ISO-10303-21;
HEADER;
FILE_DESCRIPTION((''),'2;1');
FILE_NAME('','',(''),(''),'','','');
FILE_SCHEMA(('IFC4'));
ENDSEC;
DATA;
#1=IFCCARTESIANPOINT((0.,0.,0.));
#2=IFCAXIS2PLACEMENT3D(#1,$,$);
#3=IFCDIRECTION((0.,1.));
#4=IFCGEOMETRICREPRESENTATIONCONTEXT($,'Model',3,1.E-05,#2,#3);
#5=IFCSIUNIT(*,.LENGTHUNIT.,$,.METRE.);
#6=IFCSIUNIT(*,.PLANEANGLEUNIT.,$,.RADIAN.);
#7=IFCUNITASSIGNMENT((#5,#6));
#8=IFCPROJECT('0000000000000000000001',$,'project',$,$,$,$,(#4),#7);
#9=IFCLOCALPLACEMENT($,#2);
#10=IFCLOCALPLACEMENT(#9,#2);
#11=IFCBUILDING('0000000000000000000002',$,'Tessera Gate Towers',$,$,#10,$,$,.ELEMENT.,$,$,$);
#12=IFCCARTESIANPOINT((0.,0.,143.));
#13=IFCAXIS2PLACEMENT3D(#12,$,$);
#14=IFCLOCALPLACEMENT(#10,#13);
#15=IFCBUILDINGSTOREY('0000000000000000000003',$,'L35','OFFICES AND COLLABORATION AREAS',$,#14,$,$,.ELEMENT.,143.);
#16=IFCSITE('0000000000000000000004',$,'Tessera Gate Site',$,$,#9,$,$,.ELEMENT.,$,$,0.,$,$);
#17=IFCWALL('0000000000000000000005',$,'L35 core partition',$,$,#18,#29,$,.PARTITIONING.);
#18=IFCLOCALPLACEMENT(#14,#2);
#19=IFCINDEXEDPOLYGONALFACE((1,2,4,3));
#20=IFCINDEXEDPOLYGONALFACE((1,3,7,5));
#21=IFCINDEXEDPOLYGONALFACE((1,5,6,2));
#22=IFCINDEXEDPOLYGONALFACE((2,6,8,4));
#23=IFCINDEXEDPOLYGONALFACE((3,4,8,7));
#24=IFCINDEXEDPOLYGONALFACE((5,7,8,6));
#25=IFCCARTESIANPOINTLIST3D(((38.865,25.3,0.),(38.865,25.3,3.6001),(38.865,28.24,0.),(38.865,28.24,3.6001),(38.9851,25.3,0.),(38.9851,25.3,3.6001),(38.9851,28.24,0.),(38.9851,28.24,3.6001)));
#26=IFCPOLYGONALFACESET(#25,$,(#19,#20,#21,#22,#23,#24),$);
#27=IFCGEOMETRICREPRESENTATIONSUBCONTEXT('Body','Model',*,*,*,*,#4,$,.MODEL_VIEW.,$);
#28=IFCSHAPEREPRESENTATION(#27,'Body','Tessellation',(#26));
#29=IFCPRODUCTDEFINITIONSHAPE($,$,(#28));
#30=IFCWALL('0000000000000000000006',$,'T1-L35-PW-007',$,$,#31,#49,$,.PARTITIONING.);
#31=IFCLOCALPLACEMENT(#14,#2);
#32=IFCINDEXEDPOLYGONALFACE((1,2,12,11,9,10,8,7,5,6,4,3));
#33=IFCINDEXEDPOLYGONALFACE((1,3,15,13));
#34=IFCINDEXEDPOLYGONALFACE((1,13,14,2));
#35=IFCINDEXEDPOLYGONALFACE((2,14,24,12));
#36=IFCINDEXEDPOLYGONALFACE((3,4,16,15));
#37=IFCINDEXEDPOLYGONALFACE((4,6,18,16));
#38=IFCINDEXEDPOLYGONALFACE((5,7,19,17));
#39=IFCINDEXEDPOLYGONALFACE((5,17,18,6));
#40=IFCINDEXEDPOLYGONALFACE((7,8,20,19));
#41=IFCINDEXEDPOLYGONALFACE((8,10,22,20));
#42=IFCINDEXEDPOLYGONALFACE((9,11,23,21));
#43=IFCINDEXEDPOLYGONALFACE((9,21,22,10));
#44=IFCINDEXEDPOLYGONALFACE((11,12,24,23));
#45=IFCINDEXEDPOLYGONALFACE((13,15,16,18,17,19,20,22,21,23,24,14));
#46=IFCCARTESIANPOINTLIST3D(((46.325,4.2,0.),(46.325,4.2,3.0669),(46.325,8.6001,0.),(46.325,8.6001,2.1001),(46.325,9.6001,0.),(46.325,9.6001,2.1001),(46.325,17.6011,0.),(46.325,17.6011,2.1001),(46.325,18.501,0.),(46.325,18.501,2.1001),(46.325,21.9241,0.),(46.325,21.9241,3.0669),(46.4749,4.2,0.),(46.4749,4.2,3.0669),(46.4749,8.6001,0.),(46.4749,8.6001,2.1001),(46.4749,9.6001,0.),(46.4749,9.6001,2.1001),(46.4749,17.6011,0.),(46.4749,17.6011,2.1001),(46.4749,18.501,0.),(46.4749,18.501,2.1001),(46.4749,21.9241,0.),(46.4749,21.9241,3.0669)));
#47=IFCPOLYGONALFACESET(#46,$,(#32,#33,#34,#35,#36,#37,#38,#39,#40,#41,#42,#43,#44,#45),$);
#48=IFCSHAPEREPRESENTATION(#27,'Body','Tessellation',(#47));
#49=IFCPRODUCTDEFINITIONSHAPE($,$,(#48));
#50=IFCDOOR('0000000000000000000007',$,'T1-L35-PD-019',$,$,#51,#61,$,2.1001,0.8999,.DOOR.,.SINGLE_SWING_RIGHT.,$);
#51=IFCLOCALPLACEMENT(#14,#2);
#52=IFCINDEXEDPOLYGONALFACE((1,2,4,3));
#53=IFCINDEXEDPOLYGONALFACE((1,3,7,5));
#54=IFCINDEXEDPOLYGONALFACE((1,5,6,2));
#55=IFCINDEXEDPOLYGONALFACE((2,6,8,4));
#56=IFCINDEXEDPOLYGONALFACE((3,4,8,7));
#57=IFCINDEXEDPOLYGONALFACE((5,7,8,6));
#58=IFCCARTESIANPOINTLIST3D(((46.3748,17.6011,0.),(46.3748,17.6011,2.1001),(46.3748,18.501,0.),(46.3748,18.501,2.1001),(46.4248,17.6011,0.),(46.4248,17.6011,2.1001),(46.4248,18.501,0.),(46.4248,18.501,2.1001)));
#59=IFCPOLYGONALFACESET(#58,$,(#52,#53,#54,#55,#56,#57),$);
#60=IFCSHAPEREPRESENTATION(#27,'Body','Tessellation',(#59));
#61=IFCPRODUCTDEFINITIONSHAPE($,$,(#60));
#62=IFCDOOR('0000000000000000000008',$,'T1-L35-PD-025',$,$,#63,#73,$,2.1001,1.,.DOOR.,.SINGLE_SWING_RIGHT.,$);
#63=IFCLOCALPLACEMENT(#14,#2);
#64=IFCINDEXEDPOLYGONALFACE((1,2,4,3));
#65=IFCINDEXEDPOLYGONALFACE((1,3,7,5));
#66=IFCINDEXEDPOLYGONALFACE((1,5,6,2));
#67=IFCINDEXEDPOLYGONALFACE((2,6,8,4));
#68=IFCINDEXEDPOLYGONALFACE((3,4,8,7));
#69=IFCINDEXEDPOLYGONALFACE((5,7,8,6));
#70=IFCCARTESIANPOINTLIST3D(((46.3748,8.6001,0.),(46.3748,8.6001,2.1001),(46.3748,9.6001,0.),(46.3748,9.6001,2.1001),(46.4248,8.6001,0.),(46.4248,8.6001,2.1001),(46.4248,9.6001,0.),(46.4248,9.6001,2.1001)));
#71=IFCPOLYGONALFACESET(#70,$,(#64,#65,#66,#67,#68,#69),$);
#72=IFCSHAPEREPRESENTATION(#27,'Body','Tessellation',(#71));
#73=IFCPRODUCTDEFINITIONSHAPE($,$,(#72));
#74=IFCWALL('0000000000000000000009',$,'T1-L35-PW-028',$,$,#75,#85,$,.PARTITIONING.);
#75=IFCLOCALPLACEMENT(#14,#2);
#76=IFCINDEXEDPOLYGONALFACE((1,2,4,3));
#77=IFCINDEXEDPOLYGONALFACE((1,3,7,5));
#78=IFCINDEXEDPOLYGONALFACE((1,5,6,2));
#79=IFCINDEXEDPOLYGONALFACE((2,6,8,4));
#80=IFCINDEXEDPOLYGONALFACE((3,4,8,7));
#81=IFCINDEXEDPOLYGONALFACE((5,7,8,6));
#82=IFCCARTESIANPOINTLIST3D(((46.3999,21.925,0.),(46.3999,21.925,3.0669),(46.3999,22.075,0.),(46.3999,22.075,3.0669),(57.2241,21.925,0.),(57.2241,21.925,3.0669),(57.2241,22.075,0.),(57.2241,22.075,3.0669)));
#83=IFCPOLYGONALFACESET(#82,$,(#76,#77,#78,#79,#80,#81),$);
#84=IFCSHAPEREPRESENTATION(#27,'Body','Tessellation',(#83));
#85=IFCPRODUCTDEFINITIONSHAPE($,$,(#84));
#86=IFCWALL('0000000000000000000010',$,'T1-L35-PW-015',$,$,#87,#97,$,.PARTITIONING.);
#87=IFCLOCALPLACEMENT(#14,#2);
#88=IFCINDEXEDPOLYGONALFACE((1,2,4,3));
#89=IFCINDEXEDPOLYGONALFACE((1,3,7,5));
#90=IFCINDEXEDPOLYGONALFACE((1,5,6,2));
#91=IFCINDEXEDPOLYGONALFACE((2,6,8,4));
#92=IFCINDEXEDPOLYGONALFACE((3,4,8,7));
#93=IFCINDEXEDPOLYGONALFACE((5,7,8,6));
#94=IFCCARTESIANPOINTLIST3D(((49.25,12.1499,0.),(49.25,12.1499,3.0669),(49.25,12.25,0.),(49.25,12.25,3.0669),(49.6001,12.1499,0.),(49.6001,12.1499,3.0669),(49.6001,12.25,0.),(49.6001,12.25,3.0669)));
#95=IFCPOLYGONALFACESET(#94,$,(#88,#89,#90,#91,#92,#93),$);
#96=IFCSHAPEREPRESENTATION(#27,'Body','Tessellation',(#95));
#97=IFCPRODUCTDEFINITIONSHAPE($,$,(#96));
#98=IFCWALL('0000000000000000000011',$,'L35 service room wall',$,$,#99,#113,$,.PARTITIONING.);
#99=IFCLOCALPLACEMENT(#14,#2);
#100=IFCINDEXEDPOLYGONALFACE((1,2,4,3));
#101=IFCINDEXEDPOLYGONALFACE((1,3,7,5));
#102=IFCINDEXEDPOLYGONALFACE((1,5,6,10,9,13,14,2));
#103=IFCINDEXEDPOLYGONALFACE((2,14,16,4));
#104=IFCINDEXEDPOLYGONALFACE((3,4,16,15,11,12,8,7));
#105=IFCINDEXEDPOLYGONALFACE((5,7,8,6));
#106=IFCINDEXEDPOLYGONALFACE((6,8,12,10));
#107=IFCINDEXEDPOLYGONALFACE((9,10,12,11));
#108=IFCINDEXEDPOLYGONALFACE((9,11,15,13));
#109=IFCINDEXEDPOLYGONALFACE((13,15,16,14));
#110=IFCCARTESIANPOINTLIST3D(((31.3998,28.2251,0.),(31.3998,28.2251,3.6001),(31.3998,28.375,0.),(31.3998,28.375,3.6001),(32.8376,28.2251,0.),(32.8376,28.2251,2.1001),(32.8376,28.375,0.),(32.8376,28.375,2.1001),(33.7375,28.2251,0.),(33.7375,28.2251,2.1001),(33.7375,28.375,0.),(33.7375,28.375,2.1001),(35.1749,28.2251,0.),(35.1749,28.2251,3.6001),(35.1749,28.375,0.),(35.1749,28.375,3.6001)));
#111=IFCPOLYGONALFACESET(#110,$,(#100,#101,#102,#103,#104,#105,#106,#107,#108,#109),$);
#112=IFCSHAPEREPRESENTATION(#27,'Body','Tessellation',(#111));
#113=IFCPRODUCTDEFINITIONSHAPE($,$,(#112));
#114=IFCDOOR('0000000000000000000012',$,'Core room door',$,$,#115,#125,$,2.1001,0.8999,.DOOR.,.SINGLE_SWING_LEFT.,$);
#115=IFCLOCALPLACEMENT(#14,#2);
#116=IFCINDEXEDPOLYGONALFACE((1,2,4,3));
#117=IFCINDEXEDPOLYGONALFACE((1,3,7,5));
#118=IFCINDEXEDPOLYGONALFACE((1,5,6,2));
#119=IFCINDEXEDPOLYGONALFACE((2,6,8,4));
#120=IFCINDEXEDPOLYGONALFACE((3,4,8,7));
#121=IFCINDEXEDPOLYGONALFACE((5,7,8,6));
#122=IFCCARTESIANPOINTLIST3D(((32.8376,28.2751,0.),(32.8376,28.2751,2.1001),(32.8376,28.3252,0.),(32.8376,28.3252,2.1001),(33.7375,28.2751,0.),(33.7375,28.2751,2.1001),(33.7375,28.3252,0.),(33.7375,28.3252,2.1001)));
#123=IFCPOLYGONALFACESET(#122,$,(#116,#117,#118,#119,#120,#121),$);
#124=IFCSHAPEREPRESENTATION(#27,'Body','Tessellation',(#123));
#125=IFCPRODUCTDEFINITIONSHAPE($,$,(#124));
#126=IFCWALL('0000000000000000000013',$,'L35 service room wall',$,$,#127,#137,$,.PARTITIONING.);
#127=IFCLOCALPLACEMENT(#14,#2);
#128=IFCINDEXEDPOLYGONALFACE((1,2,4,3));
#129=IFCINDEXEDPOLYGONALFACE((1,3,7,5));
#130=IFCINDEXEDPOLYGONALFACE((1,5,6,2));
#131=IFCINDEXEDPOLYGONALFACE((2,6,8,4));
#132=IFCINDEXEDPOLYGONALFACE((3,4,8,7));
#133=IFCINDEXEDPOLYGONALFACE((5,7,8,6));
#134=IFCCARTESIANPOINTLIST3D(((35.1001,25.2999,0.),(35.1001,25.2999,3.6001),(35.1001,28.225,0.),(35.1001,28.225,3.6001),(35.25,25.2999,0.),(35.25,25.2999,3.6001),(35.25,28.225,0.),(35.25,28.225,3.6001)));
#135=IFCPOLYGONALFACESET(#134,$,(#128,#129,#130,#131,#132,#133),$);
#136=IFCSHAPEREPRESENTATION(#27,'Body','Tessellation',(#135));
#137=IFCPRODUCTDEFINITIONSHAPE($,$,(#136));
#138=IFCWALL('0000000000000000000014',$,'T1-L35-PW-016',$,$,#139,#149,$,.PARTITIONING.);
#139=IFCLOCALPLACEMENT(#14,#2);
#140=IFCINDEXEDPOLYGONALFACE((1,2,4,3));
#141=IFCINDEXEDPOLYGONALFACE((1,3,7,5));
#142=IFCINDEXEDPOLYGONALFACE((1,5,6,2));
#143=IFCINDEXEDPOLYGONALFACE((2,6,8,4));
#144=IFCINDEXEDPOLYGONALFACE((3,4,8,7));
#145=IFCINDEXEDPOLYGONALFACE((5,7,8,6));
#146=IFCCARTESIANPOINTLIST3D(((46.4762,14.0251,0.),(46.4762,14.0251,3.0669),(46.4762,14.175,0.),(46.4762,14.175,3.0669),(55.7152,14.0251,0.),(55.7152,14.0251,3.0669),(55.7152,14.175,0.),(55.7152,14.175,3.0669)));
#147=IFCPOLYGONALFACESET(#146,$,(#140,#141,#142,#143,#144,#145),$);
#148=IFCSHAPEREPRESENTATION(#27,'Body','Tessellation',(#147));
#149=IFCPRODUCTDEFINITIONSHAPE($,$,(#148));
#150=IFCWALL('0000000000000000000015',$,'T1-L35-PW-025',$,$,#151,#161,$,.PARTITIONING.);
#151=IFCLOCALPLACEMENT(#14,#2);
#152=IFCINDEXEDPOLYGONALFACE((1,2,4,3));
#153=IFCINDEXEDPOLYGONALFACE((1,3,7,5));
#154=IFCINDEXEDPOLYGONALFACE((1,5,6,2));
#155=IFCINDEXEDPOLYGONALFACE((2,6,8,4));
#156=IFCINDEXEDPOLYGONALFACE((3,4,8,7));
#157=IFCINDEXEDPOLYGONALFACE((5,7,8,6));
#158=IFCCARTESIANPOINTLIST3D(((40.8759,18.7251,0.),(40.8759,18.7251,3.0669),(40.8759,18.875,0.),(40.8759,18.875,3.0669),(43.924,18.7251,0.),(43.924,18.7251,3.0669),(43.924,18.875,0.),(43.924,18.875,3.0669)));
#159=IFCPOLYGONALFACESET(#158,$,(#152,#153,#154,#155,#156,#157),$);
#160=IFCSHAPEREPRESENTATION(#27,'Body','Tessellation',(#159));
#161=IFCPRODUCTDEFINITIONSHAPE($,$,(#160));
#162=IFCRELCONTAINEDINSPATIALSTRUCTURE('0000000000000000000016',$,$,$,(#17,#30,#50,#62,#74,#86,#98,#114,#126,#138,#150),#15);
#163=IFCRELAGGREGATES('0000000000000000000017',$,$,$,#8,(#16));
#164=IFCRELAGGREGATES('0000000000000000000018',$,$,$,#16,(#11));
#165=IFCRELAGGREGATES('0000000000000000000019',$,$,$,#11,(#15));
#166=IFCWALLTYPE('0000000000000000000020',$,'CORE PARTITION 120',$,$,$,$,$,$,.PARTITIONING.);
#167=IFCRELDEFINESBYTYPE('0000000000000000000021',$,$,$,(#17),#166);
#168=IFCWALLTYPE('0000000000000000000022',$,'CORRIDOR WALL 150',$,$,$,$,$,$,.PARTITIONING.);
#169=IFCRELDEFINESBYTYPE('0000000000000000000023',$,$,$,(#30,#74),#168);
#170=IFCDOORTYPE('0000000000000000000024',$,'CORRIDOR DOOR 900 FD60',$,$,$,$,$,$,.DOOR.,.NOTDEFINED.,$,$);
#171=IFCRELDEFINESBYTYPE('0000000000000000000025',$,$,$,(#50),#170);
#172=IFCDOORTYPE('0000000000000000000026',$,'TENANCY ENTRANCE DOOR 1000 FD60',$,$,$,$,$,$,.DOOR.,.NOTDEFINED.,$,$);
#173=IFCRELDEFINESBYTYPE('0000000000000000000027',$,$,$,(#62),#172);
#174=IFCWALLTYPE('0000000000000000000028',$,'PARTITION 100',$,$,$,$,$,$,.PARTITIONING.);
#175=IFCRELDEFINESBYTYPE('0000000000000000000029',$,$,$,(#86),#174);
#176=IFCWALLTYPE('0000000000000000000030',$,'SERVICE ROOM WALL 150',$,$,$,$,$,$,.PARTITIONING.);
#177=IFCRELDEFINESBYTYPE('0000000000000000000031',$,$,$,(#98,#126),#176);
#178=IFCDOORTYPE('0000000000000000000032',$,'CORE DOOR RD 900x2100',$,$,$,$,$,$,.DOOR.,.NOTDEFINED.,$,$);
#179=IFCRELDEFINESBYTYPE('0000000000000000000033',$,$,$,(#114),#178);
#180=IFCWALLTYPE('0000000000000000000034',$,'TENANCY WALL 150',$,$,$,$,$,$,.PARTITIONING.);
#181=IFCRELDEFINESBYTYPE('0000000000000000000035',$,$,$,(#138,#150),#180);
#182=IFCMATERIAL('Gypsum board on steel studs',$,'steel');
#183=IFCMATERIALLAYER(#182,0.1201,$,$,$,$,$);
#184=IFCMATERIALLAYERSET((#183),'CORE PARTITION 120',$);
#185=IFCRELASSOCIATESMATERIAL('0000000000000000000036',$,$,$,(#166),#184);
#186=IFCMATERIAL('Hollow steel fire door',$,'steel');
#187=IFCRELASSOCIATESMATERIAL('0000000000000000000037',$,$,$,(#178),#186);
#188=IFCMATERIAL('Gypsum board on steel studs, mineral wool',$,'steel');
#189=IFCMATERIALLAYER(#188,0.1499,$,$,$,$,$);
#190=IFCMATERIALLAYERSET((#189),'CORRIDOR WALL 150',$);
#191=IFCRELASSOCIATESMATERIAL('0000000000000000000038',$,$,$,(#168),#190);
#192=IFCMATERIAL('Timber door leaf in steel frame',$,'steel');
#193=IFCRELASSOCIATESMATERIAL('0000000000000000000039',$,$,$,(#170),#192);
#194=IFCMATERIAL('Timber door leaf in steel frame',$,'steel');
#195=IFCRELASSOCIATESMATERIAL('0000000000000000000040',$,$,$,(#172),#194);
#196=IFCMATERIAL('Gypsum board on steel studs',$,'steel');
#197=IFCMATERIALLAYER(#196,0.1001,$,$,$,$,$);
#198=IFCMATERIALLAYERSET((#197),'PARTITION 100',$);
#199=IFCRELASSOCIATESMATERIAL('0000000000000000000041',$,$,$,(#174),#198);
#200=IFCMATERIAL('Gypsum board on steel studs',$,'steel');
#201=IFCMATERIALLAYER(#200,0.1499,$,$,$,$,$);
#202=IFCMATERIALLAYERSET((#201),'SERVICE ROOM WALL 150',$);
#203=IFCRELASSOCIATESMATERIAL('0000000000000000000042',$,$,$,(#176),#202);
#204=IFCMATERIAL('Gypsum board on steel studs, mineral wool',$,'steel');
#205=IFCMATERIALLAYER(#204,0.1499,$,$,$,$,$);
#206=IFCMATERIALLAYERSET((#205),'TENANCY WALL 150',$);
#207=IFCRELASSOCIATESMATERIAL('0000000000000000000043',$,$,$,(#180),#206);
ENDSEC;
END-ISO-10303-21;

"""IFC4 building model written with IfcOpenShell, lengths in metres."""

from ifc_helpers import new_model, si_unit, direction, frame, frame_2d, origin, place, context, subcontext, project, spatial, rectangle, extrude, source, transform, mapped, material, layer, layer_set, type_object, element, fill, save


model = new_model("IFC4")

# Units and contexts
model_context = context("Model", 3, precision=1e-05, world=origin(), true_north=direction((0.0, 1.0)))
body_context = subcontext(model_context, "Body", "Model", "MODEL_VIEW")
ifc_project = project(units=[si_unit("LENGTHUNIT", "METRE"), si_unit("PLANEANGLEUNIT", "RADIAN")], contexts=[model_context])

# Site, building, storey
site_placement = place(None, origin())
site = spatial("IfcSite", under=ifc_project, at=site_placement, Name="Tessera Gate Site", CompositionType="ELEMENT", RefElevation=0.0)
building_placement = place(site_placement, origin())
building = spatial("IfcBuilding", under=site, at=building_placement, Name="Tessera Gate Towers", CompositionType="ELEMENT")
storey_placement = place(building_placement, frame((0.0, 0.0, 143.0)))
storey = spatial("IfcBuildingStorey", under=building, at=storey_placement, Name="L35", Description="OFFICES AND COLLABORATION AREAS", CompositionType="ELEMENT", Elevation=143.0)

# Shared definitions
ifc_material_1 = material(Name="Gypsum board on steel studs", Category="steel")
ifc_layer_1 = layer(ifc_material_1, 0.1201)
ifc_layer_set_1 = layer_set([ifc_layer_1], Name="CORE PARTITION 120")
wall_type_1 = type_object("IfcWallType", Name="CORE PARTITION 120", PredefinedType="PARTITIONING", material=ifc_layer_set_1)
ifc_material_2 = material(Name="Hollow steel fire door", Category="steel")
door_type_1 = type_object("IfcDoorType", Name="CORE DOOR RD 900x2100", OperationType="NOTDEFINED", PredefinedType="DOOR", material=ifc_material_2)
shared_shape_1 = source(origin(), body_context, "Body", "SweptSolid", [
    extrude(rectangle(XDim=0.8999, YDim=2.1001, at=frame_2d((0.45, 1.05))), frame((0.0, 0.0249, 0.0), z_axis=(0.0, -1.0, 0.0), x_axis=(1.0, 0.0, 0.0)), (0.0, 0.0, 1.0), 0.05),
])

# Wall
wall_1_placement = place(storey_placement, frame((38.925, 25.3, 0.0), z_axis=(0.0, 0.0, 1.0), x_axis=(0.0, 1.0, 0.0)))
element("IfcWall", 1, at=wall_1_placement, inside=storey, type_object=wall_type_1, Name="L35 core partition", PredefinedType="PARTITIONING", context=body_context, shape_type="SweptSolid", body=[
    extrude(rectangle(XDim=2.9399, YDim=0.1201, at=frame_2d((1.47, 0.0))), origin(), (0.0, 0.0, 1.0), 3.6001),
])

# Wall, openings, doors
ifc_material_3 = material(Name="Gypsum board on steel studs, mineral wool", Category="steel")
ifc_layer_2 = layer(ifc_material_3, 0.1499)
ifc_layer_set_2 = layer_set([ifc_layer_2], Name="CORRIDOR WALL 150")
wall_type_2 = type_object("IfcWallType", Name="CORRIDOR WALL 150", PredefinedType="PARTITIONING", material=ifc_layer_set_2)
wall_2_placement = place(storey_placement, frame((46.3999, 21.9241, 0.0), z_axis=(0.0, 0.0, 1.0), x_axis=(0.0, -1.0, 0.0)))
wall_2 = element("IfcWall", 2, at=wall_2_placement, inside=storey, type_object=wall_type_2, Name="T1-L35-PW-007", PredefinedType="PARTITIONING", context=body_context, shape_type="SweptSolid", body=[
    extrude(rectangle(XDim=17.7241, YDim=0.1499, at=frame_2d((8.8621, 0.0))), origin(), (0.0, 0.0, 1.0), 3.0669),
])
shared_shape_2 = source(origin(), body_context, "Body", "SweptSolid", [
    extrude(rectangle(XDim=0.8999, YDim=2.1001, at=frame_2d((0.45, 1.05))), frame((0.0, 0.085, 0.0), z_axis=(0.0, -1.0, 0.0), x_axis=(1.0, 0.0, 0.0)), (0.0, 0.0, 1.0), 0.1699),
])
opening_1_placement = place(wall_2_placement, frame((3.4231, 0.0, 0.0)))
opening_1 = element("IfcOpeningElement", 3, at=opening_1_placement, cuts=wall_2, PredefinedType="OPENING", context=body_context, shape_type="MappedRepresentation", body=[
    mapped(shared_shape_2, transform((0.0, 0.0, 0.0), scale=1.0)),
])
shared_shape_3 = source(origin(), body_context, "Body", "SweptSolid", [
    extrude(rectangle(XDim=1.0, YDim=2.1001, at=frame_2d((0.5, 1.05))), frame((0.0, 0.085, 0.0), z_axis=(0.0, -1.0, 0.0), x_axis=(1.0, 0.0, 0.0)), (0.0, 0.0, 1.0), 0.1699),
])
opening_2_placement = place(wall_2_placement, frame((12.324, 0.0, 0.0)))
opening_2 = element("IfcOpeningElement", 4, at=opening_2_placement, cuts=wall_2, PredefinedType="OPENING", context=body_context, shape_type="MappedRepresentation", body=[
    mapped(shared_shape_3, transform((0.0, 0.0, 0.0), scale=1.0)),
])
ifc_material_4 = material(Name="Timber door leaf in steel frame", Category="steel")
door_type_2 = type_object("IfcDoorType", Name="CORRIDOR DOOR 900 FD60", OperationType="NOTDEFINED", PredefinedType="DOOR", material=ifc_material_4)
door_1_placement = place(opening_1_placement, origin())
door_1 = element("IfcDoor", 5, at=door_1_placement, inside=storey, type_object=door_type_2, Name="T1-L35-PD-019", OperationType="SINGLE_SWING_RIGHT", OverallHeight=2.1001, OverallWidth=0.8999, PredefinedType="DOOR", context=body_context, shape_type="MappedRepresentation", body=[
    mapped(shared_shape_1, transform((0.0, 0.0, 0.0), scale=1.0)),
])
fill(opening_1, door_1)
ifc_material_5 = material(Name="Timber door leaf in steel frame", Category="steel")
door_type_3 = type_object("IfcDoorType", Name="TENANCY ENTRANCE DOOR 1000 FD60", OperationType="NOTDEFINED", PredefinedType="DOOR", material=ifc_material_5)
shared_shape_4 = source(origin(), body_context, "Body", "SweptSolid", [
    extrude(rectangle(XDim=1.0, YDim=2.1001, at=frame_2d((0.5, 1.05))), frame((0.0, 0.0249, 0.0), z_axis=(0.0, -1.0, 0.0), x_axis=(1.0, 0.0, 0.0)), (0.0, 0.0, 1.0), 0.05),
])
door_2_placement = place(opening_2_placement, origin())
door_2 = element("IfcDoor", 6, at=door_2_placement, inside=storey, type_object=door_type_3, Name="T1-L35-PD-025", OperationType="SINGLE_SWING_RIGHT", OverallHeight=2.1001, OverallWidth=1.0, PredefinedType="DOOR", context=body_context, shape_type="MappedRepresentation", body=[
    mapped(shared_shape_4, transform((0.0, 0.0, 0.0), scale=1.0)),
])
fill(opening_2, door_2)

# Walls
wall_3_placement = place(storey_placement, frame((46.3999, 22.0, 0.0), z_axis=(0.0, 0.0, 1.0), x_axis=(1.0, 0.0, 0.0)))
element("IfcWall", 7, at=wall_3_placement, inside=storey, type_object=wall_type_2, Name="T1-L35-PW-028", PredefinedType="PARTITIONING", context=body_context, shape_type="SweptSolid", body=[
    extrude(rectangle(XDim=10.8242, YDim=0.1499, at=frame_2d((5.4121, 0.0))), origin(), (0.0, 0.0, 1.0), 3.0669),
])
ifc_material_6 = material(Name="Gypsum board on steel studs", Category="steel")
ifc_layer_3 = layer(ifc_material_6, 0.1001)
ifc_layer_set_3 = layer_set([ifc_layer_3], Name="PARTITION 100")
wall_type_3 = type_object("IfcWallType", Name="PARTITION 100", PredefinedType="PARTITIONING", material=ifc_layer_set_3)
wall_4_placement = place(storey_placement, frame((49.25, 12.2, 0.0), z_axis=(0.0, 0.0, 1.0), x_axis=(1.0, 0.0, 0.0)))
element("IfcWall", 8, at=wall_4_placement, inside=storey, type_object=wall_type_3, Name="T1-L35-PW-015", PredefinedType="PARTITIONING", context=body_context, shape_type="SweptSolid", body=[
    extrude(rectangle(XDim=0.3501, YDim=0.1001, at=frame_2d((0.175, 0.0))), origin(), (0.0, 0.0, 1.0), 3.0669),
])

# Wall, opening, door
ifc_material_7 = material(Name="Gypsum board on steel studs", Category="steel")
ifc_layer_4 = layer(ifc_material_7, 0.1499)
ifc_layer_set_4 = layer_set([ifc_layer_4], Name="SERVICE ROOM WALL 150")
wall_type_4 = type_object("IfcWallType", Name="SERVICE ROOM WALL 150", PredefinedType="PARTITIONING", material=ifc_layer_set_4)
wall_5_placement = place(storey_placement, frame((35.175, 28.3, 0.0), z_axis=(0.0, 0.0, 1.0), x_axis=(-1.0, 0.0, 0.0)))
wall_5 = element("IfcWall", 9, at=wall_5_placement, inside=storey, type_object=wall_type_4, Name="L35 service room wall", PredefinedType="PARTITIONING", context=body_context, shape_type="SweptSolid", body=[
    extrude(rectangle(XDim=3.7751, YDim=0.1499, at=frame_2d((1.8877, 0.0))), origin(), (0.0, 0.0, 1.0), 3.6001),
])
opening_3_placement = place(wall_5_placement, frame((1.4375, 0.0, 0.0)))
opening_3 = element("IfcOpeningElement", 10, at=opening_3_placement, cuts=wall_5, PredefinedType="OPENING", context=body_context, shape_type="MappedRepresentation", body=[
    mapped(shared_shape_2, transform((0.0, 0.0, 0.0), scale=1.0)),
])
door_3_placement = place(opening_3_placement, origin())
door_3 = element("IfcDoor", 11, at=door_3_placement, inside=storey, type_object=door_type_1, Name="Core room door", OperationType="SINGLE_SWING_LEFT", OverallHeight=2.1001, OverallWidth=0.8999, PredefinedType="DOOR", context=body_context, shape_type="MappedRepresentation", body=[
    mapped(shared_shape_1, transform((0.0, 0.0, 0.0), scale=1.0)),
])
fill(opening_3, door_3)

# Walls
wall_6_placement = place(storey_placement, frame((35.175, 25.3, 0.0), z_axis=(0.0, 0.0, 1.0), x_axis=(0.0, 1.0, 0.0)))
element("IfcWall", 12, at=wall_6_placement, inside=storey, type_object=wall_type_4, Name="L35 service room wall", PredefinedType="PARTITIONING", context=body_context, shape_type="SweptSolid", body=[
    extrude(rectangle(XDim=2.925, YDim=0.1499, at=frame_2d((1.4624, 0.0))), origin(), (0.0, 0.0, 1.0), 3.6001),
])
ifc_material_8 = material(Name="Gypsum board on steel studs, mineral wool", Category="steel")
ifc_layer_5 = layer(ifc_material_8, 0.1499)
ifc_layer_set_5 = layer_set([ifc_layer_5], Name="TENANCY WALL 150")
wall_type_5 = type_object("IfcWallType", Name="TENANCY WALL 150", PredefinedType="PARTITIONING", material=ifc_layer_set_5)
wall_7_placement = place(storey_placement, frame((46.4761, 14.1001, 0.0), z_axis=(0.0, 0.0, 1.0), x_axis=(1.0, 0.0, 0.0)))
element("IfcWall", 13, at=wall_7_placement, inside=storey, type_object=wall_type_5, Name="T1-L35-PW-016", PredefinedType="PARTITIONING", context=body_context, shape_type="SweptSolid", body=[
    extrude(rectangle(XDim=9.239, YDim=0.1499, at=frame_2d((4.6196, 0.0))), origin(), (0.0, 0.0, 1.0), 3.0669),
])
wall_8_placement = place(storey_placement, frame((40.876, 18.8, 0.0), z_axis=(0.0, 0.0, 1.0), x_axis=(1.0, 0.0, 0.0)))
element("IfcWall", 14, at=wall_8_placement, inside=storey, type_object=wall_type_5, Name="T1-L35-PW-025", PredefinedType="PARTITIONING", context=body_context, shape_type="SweptSolid", body=[
    extrude(rectangle(XDim=3.0481, YDim=0.1499, at=frame_2d((1.5239, 0.0))), origin(), (0.0, 0.0, 1.0), 3.0669),
])

save(model, "model.ifc")
